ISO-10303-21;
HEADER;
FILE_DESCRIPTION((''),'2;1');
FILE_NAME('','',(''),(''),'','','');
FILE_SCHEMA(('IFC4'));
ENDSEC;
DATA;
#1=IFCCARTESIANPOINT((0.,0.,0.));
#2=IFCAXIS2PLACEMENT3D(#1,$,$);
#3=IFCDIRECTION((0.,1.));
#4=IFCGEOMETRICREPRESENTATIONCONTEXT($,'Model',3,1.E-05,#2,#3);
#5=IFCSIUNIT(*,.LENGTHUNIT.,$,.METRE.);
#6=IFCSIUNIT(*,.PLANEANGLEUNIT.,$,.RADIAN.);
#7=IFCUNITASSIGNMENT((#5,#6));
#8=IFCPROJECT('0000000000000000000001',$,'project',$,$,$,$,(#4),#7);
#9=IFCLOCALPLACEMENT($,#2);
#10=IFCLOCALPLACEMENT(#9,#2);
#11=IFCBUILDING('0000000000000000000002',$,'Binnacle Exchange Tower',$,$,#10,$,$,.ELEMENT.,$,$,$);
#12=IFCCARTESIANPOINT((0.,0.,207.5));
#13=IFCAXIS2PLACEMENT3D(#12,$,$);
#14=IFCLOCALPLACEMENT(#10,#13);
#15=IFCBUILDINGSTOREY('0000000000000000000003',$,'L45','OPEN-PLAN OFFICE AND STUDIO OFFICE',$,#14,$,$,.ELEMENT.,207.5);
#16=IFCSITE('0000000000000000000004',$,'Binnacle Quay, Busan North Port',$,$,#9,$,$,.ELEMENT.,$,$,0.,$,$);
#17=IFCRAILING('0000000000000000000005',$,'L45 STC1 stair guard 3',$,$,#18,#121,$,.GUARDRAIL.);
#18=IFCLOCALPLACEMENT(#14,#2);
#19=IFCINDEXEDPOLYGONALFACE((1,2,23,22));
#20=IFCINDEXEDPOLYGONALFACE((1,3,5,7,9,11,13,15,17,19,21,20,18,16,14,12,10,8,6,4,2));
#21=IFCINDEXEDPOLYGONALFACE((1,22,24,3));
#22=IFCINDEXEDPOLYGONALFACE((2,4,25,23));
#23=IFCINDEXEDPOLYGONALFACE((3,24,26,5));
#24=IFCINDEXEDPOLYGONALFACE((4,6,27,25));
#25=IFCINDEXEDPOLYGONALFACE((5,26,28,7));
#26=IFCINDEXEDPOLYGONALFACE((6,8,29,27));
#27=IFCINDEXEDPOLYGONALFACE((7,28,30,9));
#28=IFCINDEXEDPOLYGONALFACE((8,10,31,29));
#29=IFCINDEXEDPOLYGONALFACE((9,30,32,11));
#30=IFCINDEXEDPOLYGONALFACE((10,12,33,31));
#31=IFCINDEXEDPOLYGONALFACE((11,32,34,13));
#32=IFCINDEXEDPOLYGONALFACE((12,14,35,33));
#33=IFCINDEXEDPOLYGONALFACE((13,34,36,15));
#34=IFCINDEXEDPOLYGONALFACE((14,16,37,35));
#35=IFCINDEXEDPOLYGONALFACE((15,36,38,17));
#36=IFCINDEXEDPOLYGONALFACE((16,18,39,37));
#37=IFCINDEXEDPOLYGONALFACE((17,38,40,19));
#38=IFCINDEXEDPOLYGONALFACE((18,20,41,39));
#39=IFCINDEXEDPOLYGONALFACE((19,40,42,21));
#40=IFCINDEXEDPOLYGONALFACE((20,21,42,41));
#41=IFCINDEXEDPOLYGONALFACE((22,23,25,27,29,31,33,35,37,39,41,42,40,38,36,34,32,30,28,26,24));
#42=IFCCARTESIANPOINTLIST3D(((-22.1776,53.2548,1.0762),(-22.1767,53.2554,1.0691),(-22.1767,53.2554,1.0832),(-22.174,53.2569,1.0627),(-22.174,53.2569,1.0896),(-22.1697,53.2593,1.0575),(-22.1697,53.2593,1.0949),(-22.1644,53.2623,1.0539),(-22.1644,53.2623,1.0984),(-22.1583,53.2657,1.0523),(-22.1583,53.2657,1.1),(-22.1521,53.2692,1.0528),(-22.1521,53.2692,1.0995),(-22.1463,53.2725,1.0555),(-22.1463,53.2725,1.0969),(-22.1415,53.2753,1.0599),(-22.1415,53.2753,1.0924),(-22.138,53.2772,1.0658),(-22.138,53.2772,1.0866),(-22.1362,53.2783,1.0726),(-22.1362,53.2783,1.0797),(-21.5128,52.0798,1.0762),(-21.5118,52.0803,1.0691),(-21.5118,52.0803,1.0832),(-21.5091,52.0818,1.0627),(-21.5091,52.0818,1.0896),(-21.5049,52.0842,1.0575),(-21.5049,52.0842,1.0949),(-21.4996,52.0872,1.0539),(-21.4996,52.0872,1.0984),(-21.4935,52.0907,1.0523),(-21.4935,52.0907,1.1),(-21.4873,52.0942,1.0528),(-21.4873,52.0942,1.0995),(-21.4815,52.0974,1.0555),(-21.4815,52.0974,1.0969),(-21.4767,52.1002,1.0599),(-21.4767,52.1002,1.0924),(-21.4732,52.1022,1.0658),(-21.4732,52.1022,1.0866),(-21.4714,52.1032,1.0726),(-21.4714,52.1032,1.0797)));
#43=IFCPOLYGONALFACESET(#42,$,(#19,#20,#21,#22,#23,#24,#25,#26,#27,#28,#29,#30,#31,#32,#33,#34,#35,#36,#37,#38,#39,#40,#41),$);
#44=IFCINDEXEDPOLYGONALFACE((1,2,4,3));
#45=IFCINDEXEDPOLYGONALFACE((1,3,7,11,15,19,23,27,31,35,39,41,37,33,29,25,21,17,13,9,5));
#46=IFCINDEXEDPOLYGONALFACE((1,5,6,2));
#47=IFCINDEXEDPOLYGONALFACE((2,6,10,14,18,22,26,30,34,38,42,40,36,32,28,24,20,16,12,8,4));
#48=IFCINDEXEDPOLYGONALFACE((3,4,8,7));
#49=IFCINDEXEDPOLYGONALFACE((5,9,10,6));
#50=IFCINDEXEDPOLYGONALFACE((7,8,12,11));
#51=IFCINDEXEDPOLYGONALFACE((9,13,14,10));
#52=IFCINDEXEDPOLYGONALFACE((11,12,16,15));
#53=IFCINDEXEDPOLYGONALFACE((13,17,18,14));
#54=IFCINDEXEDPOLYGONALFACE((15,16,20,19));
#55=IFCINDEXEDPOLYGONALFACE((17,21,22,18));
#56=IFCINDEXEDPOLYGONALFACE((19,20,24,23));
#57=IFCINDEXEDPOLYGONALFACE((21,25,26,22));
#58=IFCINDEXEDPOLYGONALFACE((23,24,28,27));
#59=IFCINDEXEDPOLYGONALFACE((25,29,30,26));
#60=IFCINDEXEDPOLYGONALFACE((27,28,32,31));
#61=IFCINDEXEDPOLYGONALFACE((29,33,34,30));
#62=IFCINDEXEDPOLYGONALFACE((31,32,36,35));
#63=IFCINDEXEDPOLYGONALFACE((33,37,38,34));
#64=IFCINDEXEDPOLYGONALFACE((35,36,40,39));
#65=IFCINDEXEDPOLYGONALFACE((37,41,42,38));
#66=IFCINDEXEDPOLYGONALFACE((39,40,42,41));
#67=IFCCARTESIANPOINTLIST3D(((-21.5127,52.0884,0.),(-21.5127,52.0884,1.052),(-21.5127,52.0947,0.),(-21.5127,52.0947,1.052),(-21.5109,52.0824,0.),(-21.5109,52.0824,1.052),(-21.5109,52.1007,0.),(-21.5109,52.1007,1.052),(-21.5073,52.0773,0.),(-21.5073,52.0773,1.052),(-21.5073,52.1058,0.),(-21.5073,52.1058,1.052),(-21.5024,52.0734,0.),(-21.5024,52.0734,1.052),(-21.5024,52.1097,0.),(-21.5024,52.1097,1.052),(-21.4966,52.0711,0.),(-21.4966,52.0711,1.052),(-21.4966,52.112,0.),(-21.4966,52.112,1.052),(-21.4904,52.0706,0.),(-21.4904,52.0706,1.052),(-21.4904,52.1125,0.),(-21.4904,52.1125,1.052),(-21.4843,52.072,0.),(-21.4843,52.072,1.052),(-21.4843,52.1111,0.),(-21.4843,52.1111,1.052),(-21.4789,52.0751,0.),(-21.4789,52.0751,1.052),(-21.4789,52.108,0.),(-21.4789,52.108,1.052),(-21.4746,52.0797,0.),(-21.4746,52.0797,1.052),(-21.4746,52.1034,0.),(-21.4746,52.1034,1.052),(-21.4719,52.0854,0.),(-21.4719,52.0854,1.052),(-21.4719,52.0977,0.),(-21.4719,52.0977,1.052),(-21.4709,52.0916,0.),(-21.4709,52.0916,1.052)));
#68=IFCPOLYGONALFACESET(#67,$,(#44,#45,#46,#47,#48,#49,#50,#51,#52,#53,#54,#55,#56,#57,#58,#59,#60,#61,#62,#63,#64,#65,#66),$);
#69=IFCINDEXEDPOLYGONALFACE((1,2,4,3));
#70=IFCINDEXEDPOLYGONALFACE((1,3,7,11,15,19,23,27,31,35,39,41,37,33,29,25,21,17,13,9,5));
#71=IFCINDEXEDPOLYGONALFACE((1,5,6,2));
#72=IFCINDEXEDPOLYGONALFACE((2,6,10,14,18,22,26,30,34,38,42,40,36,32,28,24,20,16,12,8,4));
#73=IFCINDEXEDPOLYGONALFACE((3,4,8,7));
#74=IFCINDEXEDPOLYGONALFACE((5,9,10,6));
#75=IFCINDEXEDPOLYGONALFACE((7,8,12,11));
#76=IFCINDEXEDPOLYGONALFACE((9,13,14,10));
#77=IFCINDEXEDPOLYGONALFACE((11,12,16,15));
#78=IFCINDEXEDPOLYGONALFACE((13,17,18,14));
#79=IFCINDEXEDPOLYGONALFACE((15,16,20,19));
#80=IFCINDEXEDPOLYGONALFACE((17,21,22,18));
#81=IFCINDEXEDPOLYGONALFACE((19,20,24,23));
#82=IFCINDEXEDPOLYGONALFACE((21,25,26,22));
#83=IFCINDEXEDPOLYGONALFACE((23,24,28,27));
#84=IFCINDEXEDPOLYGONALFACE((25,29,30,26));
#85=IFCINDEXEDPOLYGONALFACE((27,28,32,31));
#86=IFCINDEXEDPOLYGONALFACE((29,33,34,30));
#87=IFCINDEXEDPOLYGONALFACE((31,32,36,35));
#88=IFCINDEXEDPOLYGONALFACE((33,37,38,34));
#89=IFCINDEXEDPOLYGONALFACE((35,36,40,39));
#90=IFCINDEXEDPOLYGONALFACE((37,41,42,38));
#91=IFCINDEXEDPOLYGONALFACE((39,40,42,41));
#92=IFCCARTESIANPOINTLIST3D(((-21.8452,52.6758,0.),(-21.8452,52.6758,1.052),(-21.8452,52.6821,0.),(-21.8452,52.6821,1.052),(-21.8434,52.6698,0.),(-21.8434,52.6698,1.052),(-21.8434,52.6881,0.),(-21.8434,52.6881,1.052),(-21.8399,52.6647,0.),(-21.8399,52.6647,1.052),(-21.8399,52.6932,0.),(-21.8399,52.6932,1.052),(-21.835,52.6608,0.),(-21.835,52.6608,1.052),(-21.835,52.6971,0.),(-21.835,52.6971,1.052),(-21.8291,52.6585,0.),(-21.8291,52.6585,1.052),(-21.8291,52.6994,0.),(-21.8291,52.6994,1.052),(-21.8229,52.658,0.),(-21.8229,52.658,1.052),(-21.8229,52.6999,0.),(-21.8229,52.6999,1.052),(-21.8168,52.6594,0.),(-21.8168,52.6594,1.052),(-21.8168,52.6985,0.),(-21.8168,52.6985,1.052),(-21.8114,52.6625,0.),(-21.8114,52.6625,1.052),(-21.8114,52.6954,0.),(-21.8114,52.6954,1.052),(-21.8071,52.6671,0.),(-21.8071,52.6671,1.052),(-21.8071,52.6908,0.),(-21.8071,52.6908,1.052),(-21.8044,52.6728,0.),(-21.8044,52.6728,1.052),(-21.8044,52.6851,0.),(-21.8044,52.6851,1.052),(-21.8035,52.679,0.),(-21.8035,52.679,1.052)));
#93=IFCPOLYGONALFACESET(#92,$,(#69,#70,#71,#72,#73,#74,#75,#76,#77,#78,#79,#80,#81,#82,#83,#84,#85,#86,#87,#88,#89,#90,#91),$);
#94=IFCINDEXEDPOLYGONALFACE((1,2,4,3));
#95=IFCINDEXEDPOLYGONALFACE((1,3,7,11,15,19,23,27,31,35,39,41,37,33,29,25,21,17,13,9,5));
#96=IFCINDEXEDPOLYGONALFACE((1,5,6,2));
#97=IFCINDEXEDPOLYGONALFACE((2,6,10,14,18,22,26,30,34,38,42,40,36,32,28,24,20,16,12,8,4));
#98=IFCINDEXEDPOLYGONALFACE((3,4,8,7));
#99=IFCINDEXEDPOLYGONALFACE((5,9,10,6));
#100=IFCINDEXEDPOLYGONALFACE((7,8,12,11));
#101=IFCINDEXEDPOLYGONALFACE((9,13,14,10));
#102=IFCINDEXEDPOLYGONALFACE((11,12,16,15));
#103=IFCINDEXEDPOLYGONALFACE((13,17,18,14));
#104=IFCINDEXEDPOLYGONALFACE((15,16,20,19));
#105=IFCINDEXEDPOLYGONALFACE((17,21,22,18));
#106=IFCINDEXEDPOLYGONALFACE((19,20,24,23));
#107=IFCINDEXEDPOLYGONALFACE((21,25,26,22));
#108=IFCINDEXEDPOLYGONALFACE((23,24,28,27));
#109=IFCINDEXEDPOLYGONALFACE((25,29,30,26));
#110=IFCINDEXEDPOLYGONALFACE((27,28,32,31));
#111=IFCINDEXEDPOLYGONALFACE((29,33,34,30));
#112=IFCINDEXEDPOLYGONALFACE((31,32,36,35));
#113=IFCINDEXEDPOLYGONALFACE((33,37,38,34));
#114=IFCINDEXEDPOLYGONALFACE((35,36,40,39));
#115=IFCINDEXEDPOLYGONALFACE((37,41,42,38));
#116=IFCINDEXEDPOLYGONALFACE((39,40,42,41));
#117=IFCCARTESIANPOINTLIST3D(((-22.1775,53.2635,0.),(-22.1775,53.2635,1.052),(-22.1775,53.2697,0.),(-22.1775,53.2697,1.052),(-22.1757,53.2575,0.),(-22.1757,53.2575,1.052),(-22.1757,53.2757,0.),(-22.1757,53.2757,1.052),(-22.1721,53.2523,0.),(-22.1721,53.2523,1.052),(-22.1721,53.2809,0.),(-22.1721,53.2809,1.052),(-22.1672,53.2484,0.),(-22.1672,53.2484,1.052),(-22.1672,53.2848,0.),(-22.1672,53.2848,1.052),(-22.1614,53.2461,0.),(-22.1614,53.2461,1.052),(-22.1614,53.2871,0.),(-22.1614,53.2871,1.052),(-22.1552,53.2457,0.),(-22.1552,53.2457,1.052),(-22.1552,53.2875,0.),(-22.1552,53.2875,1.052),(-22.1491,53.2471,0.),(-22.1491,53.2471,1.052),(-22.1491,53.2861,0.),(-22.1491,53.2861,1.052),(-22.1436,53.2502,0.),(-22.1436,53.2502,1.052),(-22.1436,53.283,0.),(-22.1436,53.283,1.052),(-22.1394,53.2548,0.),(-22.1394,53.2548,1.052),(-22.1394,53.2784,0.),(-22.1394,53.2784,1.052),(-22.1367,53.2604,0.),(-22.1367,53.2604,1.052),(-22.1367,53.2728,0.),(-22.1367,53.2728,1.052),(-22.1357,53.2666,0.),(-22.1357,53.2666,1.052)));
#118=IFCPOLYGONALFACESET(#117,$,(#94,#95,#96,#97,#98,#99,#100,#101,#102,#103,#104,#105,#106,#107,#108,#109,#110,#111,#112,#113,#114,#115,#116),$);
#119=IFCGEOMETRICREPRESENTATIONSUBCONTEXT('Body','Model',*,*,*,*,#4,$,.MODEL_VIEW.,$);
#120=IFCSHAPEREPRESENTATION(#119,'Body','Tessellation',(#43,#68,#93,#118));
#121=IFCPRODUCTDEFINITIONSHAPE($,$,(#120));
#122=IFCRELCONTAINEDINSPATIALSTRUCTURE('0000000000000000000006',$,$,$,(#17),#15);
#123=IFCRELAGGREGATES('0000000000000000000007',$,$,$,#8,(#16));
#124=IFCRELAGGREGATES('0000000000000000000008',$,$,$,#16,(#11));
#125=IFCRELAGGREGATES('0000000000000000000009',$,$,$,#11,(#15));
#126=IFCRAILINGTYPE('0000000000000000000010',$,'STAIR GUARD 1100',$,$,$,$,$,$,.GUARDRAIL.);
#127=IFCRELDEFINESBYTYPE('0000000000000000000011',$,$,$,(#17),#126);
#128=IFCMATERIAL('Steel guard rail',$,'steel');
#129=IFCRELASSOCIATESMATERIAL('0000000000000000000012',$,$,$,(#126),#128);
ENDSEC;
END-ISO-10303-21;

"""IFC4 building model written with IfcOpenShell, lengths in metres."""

from ifc_helpers import new_model, si_unit, direction, frame, origin, origin_2d, place, context, subcontext, project, spatial, circle, extrude, material, type_object, element, save


model = new_model("IFC4")

# Units and contexts
model_context = context("Model", 3, precision=1e-05, world=origin(), true_north=direction((0.0, 1.0)))
body_context = subcontext(model_context, "Body", "Model", "MODEL_VIEW")
ifc_project = project(units=[si_unit("LENGTHUNIT", "METRE"), si_unit("PLANEANGLEUNIT", "RADIAN")], contexts=[model_context])

# Site, building, storey
site_placement = place(None, origin())
site = spatial("IfcSite", under=ifc_project, at=site_placement, Name="Binnacle Quay, Busan North Port", CompositionType="ELEMENT", RefElevation=0.0)
building_placement = place(site_placement, origin())
building = spatial("IfcBuilding", under=site, at=building_placement, Name="Binnacle Exchange Tower", CompositionType="ELEMENT")
storey_placement = place(building_placement, frame((0.0, 0.0, 207.5)))
storey = spatial("IfcBuildingStorey", under=building, at=storey_placement, Name="L45", Description="OPEN-PLAN OFFICE AND STUDIO OFFICE", CompositionType="ELEMENT", Elevation=207.5)

# Railing
ifc_material_1 = material(Name="Steel guard rail", Category="steel")
railing_type_1 = type_object("IfcRailingType", Name="STAIR GUARD 1100", PredefinedType="GUARDRAIL", material=ifc_material_1)
railing_1_placement = place(storey_placement, frame((-21.4919, 52.0916, 0.0)))
element("IfcRailing", 1, at=railing_1_placement, inside=storey, type_object=railing_type_1, Name="L45 STC1 stair guard 3", PredefinedType="GUARDRAIL", context=body_context, shape_type="SweptSolid", body=[
    extrude(circle(Radius=0.0239, at=origin_2d()), frame((0.0, 0.0, 1.0762), z_axis=(-0.492415, 0.870361, 0.0), x_axis=(-0.870361, -0.492415, 0.0)), (0.0, 0.0, 1.0), 1.3501),
    extrude(circle(Radius=0.021, at=origin_2d()), origin(), (0.0, 0.0, 1.0), 1.052),
    extrude(circle(Radius=0.021, at=origin_2d()), frame((-0.3325, 0.5874, 0.0)), (0.0, 0.0, 1.0), 1.052),
    extrude(circle(Radius=0.021, at=origin_2d()), frame((-0.6648, 1.175, 0.0)), (0.0, 0.0, 1.0), 1.052),
])

save(model, "model.ifc")
